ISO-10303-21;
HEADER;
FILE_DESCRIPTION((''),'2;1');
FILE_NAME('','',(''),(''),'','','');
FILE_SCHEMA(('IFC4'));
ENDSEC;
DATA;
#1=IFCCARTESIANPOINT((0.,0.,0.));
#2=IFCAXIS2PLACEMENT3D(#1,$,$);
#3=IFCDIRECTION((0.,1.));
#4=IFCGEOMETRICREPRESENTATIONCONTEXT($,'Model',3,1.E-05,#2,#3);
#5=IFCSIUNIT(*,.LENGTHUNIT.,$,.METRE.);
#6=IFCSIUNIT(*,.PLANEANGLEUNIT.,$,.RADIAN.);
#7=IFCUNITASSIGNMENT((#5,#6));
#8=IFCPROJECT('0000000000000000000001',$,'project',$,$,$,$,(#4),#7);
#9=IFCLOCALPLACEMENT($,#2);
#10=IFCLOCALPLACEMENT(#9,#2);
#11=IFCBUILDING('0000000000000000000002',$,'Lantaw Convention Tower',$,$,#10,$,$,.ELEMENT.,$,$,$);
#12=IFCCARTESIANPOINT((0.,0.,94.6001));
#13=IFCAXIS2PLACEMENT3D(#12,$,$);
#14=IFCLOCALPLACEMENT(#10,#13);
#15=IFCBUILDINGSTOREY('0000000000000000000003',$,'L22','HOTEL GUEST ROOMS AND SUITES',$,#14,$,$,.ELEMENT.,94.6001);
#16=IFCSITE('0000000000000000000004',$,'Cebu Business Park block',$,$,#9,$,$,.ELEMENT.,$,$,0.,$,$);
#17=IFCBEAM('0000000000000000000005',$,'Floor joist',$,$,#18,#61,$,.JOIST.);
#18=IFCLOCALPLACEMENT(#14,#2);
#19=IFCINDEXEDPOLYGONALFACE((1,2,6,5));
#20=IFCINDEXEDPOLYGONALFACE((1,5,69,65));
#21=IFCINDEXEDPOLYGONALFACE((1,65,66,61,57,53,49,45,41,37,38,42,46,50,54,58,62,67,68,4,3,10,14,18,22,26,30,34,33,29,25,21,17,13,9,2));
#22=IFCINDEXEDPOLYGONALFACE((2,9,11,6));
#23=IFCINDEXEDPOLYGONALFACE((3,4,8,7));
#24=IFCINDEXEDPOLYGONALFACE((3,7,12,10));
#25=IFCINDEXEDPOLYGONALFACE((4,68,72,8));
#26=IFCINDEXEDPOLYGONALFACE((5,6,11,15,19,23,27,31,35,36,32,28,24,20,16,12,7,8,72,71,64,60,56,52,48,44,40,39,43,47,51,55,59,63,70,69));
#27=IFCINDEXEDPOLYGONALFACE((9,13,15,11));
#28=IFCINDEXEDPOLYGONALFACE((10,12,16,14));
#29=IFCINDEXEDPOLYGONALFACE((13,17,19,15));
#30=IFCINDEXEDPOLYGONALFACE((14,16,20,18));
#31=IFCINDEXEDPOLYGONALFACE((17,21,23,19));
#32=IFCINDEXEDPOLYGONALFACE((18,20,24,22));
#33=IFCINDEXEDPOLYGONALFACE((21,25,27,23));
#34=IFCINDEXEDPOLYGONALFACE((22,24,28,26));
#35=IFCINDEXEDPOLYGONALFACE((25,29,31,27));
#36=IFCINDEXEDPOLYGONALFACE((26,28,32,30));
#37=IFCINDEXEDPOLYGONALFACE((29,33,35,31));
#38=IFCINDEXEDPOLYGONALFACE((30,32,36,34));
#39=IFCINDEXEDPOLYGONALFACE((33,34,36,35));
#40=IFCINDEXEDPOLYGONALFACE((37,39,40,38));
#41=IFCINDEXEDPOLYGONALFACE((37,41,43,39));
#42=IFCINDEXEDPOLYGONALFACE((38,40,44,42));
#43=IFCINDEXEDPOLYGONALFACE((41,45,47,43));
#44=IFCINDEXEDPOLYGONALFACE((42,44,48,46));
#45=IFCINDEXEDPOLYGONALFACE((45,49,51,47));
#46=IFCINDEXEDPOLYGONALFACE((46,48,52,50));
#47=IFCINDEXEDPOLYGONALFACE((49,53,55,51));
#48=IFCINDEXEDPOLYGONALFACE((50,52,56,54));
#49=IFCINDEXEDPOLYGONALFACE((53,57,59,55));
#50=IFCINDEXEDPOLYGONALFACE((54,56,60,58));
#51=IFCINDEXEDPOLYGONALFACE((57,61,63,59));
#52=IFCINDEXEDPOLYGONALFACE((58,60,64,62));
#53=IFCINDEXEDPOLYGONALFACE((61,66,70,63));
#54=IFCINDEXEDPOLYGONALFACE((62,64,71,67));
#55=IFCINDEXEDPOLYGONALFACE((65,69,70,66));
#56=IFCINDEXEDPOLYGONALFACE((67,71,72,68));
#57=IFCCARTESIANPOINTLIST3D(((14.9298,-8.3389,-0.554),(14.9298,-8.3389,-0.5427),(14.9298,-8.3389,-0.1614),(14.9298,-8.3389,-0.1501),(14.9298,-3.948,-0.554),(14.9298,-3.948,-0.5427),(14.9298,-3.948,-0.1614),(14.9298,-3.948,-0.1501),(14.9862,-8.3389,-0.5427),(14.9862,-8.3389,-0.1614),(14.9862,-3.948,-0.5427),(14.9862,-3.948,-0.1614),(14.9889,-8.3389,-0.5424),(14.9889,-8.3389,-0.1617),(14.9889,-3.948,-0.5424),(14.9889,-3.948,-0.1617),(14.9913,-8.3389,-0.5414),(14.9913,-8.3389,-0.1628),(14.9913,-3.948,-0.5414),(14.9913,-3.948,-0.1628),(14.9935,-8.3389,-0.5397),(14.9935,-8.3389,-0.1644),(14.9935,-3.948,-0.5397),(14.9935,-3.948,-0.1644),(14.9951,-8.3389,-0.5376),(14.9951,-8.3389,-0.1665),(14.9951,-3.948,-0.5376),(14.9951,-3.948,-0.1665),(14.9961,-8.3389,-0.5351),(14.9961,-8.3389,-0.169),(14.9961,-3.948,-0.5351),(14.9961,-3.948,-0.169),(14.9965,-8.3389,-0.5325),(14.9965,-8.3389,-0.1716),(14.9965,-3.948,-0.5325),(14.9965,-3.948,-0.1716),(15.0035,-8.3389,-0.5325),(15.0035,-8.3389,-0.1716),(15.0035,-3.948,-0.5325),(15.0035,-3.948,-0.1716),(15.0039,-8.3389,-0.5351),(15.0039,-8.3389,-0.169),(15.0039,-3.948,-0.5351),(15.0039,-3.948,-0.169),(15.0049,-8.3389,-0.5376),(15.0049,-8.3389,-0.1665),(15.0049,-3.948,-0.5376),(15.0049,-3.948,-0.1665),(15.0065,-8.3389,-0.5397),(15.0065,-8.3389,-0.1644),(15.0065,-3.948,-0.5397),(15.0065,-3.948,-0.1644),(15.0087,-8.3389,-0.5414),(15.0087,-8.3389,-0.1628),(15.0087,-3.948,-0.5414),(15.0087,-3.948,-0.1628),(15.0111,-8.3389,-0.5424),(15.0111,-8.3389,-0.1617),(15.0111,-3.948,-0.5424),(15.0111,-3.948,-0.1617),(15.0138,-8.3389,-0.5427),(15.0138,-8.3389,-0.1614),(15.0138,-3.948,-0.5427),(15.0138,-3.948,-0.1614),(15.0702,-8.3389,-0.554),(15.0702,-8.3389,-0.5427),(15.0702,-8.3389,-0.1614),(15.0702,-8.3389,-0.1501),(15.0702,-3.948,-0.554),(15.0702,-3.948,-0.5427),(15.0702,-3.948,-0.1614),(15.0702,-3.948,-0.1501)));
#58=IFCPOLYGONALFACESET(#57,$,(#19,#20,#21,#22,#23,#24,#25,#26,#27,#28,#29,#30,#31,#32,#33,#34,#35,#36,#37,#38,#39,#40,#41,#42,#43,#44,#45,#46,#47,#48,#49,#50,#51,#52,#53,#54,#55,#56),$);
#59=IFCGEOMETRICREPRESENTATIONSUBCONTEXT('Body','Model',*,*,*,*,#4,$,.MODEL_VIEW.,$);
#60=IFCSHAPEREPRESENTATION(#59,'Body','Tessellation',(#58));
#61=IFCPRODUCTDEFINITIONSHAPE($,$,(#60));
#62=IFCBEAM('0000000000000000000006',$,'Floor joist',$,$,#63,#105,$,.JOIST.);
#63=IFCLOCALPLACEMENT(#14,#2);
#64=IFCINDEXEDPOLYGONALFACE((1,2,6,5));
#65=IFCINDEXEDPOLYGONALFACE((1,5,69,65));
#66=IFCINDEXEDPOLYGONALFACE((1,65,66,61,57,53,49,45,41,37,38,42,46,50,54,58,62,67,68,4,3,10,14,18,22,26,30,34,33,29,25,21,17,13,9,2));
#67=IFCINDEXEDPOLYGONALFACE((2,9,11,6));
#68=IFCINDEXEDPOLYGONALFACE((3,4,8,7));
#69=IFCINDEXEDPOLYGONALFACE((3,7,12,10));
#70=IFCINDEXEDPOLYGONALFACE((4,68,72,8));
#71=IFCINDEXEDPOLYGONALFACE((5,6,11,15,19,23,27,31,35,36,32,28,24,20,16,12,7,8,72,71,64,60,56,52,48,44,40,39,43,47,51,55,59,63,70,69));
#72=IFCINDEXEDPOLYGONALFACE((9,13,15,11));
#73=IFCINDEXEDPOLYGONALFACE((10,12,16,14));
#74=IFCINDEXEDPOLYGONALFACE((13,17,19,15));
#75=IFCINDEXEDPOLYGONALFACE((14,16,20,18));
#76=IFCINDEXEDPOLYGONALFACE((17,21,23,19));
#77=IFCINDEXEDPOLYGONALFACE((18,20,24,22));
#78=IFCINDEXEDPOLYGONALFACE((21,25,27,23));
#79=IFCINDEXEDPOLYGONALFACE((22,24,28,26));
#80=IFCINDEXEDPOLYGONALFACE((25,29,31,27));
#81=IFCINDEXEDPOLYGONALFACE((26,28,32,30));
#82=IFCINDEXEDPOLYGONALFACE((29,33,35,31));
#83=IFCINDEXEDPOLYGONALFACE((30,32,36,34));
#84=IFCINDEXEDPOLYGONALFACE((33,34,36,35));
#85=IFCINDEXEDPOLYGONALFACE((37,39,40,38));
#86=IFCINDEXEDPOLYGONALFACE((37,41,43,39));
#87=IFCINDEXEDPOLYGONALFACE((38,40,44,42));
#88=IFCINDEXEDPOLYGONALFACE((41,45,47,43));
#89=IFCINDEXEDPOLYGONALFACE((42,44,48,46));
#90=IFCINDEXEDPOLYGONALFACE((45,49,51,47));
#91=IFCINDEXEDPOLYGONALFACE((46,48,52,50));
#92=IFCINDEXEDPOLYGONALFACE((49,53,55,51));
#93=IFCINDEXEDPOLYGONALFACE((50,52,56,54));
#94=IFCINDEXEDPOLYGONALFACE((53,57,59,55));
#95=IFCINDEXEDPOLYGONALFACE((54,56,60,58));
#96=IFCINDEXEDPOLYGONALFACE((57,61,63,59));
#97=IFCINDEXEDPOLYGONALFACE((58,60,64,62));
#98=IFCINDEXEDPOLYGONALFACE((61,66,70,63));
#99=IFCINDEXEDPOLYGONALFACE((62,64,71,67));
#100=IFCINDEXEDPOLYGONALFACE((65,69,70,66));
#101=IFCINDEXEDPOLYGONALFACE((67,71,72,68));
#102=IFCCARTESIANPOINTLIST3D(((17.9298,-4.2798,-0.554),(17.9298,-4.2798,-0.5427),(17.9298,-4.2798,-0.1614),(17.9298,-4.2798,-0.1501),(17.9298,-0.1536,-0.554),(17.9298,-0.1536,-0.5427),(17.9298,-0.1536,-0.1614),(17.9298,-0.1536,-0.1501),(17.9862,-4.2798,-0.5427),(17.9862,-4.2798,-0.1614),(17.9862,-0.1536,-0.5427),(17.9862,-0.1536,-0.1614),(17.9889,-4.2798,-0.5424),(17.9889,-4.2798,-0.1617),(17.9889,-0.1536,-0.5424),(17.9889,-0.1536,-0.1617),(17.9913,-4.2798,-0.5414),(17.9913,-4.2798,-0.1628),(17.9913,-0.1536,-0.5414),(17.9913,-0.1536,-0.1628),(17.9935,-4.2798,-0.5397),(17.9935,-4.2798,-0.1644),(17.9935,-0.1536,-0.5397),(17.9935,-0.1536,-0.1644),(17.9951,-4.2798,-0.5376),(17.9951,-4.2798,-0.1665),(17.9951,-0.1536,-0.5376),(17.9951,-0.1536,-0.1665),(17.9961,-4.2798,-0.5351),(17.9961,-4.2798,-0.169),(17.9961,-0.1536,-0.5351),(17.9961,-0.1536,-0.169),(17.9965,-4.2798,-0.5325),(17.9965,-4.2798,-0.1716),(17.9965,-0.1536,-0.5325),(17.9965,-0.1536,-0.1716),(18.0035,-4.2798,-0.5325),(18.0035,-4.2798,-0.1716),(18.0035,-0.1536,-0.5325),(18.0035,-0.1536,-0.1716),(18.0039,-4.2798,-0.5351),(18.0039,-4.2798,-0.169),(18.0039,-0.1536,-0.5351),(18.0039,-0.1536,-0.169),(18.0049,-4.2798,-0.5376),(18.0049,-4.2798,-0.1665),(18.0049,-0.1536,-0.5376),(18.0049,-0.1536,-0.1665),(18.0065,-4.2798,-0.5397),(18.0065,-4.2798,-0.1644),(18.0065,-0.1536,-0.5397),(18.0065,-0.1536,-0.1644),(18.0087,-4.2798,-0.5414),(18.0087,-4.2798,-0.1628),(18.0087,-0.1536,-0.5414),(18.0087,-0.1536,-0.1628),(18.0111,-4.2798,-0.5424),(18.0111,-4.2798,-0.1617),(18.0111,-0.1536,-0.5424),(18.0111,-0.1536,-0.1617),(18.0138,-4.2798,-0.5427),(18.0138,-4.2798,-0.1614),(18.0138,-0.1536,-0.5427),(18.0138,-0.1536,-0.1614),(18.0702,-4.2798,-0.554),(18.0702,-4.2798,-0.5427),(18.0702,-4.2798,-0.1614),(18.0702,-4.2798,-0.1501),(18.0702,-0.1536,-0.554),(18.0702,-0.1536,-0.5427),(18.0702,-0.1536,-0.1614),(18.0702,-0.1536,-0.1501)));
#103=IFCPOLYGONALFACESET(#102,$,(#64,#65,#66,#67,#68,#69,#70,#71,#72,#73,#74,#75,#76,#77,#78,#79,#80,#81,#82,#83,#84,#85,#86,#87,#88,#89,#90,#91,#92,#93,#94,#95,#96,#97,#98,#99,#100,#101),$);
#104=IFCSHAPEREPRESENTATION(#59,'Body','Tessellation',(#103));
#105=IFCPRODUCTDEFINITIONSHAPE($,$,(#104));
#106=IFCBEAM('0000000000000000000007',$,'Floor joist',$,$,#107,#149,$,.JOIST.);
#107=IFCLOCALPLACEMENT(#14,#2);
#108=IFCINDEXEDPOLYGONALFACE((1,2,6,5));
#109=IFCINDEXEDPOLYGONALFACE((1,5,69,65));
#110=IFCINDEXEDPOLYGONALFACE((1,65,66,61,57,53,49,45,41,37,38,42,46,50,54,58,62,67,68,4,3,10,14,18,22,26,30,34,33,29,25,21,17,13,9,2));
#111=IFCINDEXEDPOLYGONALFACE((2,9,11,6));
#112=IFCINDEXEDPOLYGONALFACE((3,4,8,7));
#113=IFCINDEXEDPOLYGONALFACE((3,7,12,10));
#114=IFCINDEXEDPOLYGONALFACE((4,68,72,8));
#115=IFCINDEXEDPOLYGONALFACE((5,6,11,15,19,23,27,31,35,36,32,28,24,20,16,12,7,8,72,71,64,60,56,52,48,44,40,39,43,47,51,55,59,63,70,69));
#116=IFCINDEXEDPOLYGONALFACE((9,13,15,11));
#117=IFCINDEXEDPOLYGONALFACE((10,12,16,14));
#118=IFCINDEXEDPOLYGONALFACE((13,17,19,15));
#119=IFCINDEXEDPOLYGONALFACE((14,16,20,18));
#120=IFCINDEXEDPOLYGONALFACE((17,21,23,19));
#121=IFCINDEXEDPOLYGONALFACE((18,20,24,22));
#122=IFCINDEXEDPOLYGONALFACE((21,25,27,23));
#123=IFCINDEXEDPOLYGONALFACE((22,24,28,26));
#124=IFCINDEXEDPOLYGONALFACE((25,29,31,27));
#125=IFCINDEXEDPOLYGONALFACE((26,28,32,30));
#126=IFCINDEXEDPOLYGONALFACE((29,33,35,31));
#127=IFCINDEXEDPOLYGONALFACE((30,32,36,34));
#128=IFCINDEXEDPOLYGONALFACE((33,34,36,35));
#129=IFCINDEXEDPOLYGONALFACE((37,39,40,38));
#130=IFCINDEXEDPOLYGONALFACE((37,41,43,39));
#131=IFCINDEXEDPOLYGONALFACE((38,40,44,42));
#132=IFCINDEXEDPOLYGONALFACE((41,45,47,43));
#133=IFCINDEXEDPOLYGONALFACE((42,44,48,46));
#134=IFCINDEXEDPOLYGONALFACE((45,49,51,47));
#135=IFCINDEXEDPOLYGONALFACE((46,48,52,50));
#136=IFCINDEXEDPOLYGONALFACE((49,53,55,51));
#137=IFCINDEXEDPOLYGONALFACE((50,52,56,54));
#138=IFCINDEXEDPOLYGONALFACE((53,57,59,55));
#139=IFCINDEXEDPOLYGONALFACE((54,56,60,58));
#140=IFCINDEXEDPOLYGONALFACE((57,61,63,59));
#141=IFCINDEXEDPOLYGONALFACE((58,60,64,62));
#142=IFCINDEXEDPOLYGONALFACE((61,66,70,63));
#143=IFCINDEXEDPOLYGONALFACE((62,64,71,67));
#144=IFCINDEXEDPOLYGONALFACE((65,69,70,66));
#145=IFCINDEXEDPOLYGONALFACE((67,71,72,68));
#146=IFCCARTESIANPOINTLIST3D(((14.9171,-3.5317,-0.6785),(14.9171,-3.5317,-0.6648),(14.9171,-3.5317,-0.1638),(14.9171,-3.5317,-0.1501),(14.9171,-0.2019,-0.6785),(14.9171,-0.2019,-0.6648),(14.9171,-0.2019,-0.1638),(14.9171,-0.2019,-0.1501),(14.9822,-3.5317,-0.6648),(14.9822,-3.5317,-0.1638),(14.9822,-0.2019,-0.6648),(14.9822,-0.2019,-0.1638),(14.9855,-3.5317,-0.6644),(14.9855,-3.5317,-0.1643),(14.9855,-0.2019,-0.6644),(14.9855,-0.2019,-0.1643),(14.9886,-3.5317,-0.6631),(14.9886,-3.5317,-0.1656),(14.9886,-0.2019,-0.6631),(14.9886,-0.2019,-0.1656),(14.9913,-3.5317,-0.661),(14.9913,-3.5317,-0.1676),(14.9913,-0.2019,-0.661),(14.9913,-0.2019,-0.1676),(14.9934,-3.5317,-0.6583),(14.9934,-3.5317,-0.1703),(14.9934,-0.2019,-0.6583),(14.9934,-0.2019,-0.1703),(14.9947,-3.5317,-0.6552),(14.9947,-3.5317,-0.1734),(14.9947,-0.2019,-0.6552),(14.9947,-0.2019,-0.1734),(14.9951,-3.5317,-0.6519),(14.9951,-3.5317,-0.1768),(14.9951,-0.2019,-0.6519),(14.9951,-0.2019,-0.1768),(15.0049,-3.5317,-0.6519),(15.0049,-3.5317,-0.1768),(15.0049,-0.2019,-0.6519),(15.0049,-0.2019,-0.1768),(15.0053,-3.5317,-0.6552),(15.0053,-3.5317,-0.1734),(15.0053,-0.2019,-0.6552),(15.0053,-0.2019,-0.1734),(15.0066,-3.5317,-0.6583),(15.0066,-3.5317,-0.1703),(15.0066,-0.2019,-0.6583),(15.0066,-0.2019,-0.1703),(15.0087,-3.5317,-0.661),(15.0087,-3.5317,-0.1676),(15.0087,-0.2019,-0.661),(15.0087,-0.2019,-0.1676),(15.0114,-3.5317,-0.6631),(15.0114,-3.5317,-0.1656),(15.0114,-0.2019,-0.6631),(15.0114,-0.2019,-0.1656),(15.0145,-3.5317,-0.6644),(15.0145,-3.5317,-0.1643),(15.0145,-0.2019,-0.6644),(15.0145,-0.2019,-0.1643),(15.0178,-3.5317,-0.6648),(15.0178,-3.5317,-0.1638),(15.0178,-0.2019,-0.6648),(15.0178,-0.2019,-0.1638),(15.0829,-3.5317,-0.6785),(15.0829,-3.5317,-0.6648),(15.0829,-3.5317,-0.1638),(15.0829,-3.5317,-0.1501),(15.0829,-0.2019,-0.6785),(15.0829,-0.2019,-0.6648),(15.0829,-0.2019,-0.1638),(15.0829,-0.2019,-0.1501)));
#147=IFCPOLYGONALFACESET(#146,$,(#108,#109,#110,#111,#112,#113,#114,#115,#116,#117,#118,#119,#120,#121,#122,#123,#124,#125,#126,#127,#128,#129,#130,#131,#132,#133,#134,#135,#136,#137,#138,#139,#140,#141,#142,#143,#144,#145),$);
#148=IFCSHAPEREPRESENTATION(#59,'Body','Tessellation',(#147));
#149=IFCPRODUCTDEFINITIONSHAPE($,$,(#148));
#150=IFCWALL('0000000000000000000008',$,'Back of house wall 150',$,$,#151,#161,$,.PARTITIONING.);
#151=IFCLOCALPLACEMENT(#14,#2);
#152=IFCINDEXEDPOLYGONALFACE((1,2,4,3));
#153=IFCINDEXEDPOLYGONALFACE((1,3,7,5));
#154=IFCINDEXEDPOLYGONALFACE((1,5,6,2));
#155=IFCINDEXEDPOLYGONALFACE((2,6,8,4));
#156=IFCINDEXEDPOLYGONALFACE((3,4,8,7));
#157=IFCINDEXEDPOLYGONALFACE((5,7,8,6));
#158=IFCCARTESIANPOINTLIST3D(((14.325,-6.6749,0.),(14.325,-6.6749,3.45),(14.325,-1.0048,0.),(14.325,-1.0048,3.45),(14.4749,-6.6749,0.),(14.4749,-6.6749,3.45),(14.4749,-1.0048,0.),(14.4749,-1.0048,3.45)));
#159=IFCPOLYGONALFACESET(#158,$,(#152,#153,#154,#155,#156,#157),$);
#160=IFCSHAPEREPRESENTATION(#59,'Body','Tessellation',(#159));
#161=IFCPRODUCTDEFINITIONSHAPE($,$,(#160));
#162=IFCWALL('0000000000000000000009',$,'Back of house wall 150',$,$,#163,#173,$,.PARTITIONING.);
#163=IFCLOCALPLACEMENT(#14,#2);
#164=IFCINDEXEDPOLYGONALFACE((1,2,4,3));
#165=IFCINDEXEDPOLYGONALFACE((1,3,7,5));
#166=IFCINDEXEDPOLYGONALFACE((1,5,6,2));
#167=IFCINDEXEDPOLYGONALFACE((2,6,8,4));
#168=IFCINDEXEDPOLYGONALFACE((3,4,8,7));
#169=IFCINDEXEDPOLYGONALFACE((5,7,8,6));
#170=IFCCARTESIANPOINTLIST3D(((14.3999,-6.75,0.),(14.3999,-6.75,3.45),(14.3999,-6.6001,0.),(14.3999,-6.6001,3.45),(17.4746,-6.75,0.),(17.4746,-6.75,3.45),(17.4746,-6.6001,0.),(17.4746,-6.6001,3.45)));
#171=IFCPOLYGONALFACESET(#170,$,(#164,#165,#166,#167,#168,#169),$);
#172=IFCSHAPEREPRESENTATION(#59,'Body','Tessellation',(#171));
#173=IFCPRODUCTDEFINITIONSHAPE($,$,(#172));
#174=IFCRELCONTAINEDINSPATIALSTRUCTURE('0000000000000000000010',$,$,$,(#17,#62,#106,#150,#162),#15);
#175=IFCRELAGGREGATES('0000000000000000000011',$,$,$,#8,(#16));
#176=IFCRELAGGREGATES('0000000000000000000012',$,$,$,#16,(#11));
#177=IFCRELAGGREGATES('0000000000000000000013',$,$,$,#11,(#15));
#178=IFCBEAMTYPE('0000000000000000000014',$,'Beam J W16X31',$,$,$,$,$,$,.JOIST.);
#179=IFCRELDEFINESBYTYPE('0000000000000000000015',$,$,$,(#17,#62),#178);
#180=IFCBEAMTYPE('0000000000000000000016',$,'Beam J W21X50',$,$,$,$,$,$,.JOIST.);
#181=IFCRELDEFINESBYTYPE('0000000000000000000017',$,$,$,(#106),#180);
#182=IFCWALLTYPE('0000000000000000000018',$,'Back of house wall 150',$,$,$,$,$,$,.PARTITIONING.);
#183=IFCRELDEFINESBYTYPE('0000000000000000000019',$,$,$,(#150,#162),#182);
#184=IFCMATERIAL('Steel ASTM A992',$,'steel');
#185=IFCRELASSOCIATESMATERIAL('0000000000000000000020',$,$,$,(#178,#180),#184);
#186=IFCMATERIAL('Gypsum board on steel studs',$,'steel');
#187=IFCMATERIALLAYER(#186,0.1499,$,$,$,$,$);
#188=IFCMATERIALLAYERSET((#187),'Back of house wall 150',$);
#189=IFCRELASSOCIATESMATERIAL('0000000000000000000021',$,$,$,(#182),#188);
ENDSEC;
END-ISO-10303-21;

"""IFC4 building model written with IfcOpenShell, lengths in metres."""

from ifc_helpers import new_model, si_unit, direction, frame, frame_2d, origin, origin_2d, place, context, subcontext, project, spatial, rectangle, i_section, extrude, material, layer, layer_set, material_profile, profile_set, type_object, element, save


model = new_model("IFC4")

# Units and contexts
model_context = context("Model", 3, precision=1e-05, world=origin(), true_north=direction((0.0, 1.0)))
body_context = subcontext(model_context, "Body", "Model", "MODEL_VIEW")
ifc_project = project(units=[si_unit("LENGTHUNIT", "METRE"), si_unit("PLANEANGLEUNIT", "RADIAN")], contexts=[model_context])

# Site, building, storey
site_placement = place(None, origin())
site = spatial("IfcSite", under=ifc_project, at=site_placement, Name="Cebu Business Park block", CompositionType="ELEMENT", RefElevation=0.0)
building_placement = place(site_placement, origin())
building = spatial("IfcBuilding", under=site, at=building_placement, Name="Lantaw Convention Tower", CompositionType="ELEMENT")
storey_placement = place(building_placement, frame((0.0, 0.0, 94.6001)))
storey = spatial("IfcBuildingStorey", under=building, at=storey_placement, Name="L22", Description="HOTEL GUEST ROOMS AND SUITES", CompositionType="ELEMENT", Elevation=94.6001)

# Beams
ifc_material_1 = material(Name="Steel ASTM A992", Category="steel")
ifc_material_profile_1 = material_profile(ifc_material_1, i_section(OverallWidth=0.1404, OverallDepth=0.4038, WebThickness=0.0071, FlangeThickness=0.0112, FilletRadius=0.0103, at=origin_2d()), Name="W16X31")
ifc_profile_set_1 = profile_set([ifc_material_profile_1], Name="Steel ASTM A992")
beam_type_1 = type_object("IfcBeamType", Name="Beam J W16X31", PredefinedType="JOIST", material=ifc_profile_set_1)
beam_1_placement = place(storey_placement, frame((15.0, -8.3389, -0.3521), z_axis=(0.0, 1.0, 0.0), x_axis=(-1.0, 0.0, 0.0)))
element("IfcBeam", 1, at=beam_1_placement, inside=storey, type_object=beam_type_1, Name="Floor joist", PredefinedType="JOIST", context=body_context, shape_type="SweptSolid", body=[
    extrude(i_section(OverallWidth=0.1404, OverallDepth=0.4038, WebThickness=0.0071, FlangeThickness=0.0112, FilletRadius=0.0103, at=origin_2d()), origin(), (0.0, 0.0, 1.0), 4.3909),
])
beam_2_placement = place(storey_placement, frame((18.0, -4.2798, -0.3521), z_axis=(0.0, 1.0, 0.0), x_axis=(-1.0, 0.0, 0.0)))
element("IfcBeam", 2, at=beam_2_placement, inside=storey, type_object=beam_type_1, Name="Floor joist", PredefinedType="JOIST", context=body_context, shape_type="SweptSolid", body=[
    extrude(i_section(OverallWidth=0.1404, OverallDepth=0.4038, WebThickness=0.0071, FlangeThickness=0.0112, FilletRadius=0.0103, at=origin_2d()), origin(), (0.0, 0.0, 1.0), 4.1262),
])
ifc_material_profile_2 = material_profile(ifc_material_1, i_section(OverallWidth=0.1658, OverallDepth=0.5283, WebThickness=0.0098, FlangeThickness=0.0137, FilletRadius=0.0129, at=origin_2d()), Name="W21X50")
ifc_profile_set_2 = profile_set([ifc_material_profile_2], Name="Steel ASTM A992")
beam_type_2 = type_object("IfcBeamType", Name="Beam J W21X50", PredefinedType="JOIST", material=ifc_profile_set_2)
beam_3_placement = place(storey_placement, frame((15.0, -3.5317, -0.4143), z_axis=(0.0, 1.0, 0.0), x_axis=(-1.0, 0.0, 0.0)))
element("IfcBeam", 3, at=beam_3_placement, inside=storey, type_object=beam_type_2, Name="Floor joist", PredefinedType="JOIST", context=body_context, shape_type="SweptSolid", body=[
    extrude(i_section(OverallWidth=0.1658, OverallDepth=0.5283, WebThickness=0.0098, FlangeThickness=0.0137, FilletRadius=0.0129, at=origin_2d()), origin(), (0.0, 0.0, 1.0), 3.3298),
])

# Walls
ifc_material_2 = material(Name="Gypsum board on steel studs", Category="steel")
ifc_layer_1 = layer(ifc_material_2, 0.1499)
ifc_layer_set_1 = layer_set([ifc_layer_1], Name="Back of house wall 150")
wall_type_1 = type_object("IfcWallType", Name="Back of house wall 150", PredefinedType="PARTITIONING", material=ifc_layer_set_1)
wall_1_placement = place(storey_placement, frame((14.3999, -1.0049, 0.0), z_axis=(0.0, 0.0, 1.0), x_axis=(0.0, -1.0, 0.0)))
element("IfcWall", 4, at=wall_1_placement, inside=storey, type_object=wall_type_1, Name="Back of house wall 150", PredefinedType="PARTITIONING", context=body_context, shape_type="SweptSolid", body=[
    extrude(rectangle(XDim=5.6702, YDim=0.1499, at=frame_2d((2.835, 0.0))), origin(), (0.0, 0.0, 1.0), 3.45),
])
wall_2_placement = place(storey_placement, frame((14.3999, -6.675, 0.0), z_axis=(0.0, 0.0, 1.0), x_axis=(1.0, 0.0, 0.0)))
element("IfcWall", 5, at=wall_2_placement, inside=storey, type_object=wall_type_1, Name="Back of house wall 150", PredefinedType="PARTITIONING", context=body_context, shape_type="SweptSolid", body=[
    extrude(rectangle(XDim=3.0747, YDim=0.1499, at=frame_2d((1.5374, 0.0))), origin(), (0.0, 0.0, 1.0), 3.45),
])

save(model, "model.ifc")
